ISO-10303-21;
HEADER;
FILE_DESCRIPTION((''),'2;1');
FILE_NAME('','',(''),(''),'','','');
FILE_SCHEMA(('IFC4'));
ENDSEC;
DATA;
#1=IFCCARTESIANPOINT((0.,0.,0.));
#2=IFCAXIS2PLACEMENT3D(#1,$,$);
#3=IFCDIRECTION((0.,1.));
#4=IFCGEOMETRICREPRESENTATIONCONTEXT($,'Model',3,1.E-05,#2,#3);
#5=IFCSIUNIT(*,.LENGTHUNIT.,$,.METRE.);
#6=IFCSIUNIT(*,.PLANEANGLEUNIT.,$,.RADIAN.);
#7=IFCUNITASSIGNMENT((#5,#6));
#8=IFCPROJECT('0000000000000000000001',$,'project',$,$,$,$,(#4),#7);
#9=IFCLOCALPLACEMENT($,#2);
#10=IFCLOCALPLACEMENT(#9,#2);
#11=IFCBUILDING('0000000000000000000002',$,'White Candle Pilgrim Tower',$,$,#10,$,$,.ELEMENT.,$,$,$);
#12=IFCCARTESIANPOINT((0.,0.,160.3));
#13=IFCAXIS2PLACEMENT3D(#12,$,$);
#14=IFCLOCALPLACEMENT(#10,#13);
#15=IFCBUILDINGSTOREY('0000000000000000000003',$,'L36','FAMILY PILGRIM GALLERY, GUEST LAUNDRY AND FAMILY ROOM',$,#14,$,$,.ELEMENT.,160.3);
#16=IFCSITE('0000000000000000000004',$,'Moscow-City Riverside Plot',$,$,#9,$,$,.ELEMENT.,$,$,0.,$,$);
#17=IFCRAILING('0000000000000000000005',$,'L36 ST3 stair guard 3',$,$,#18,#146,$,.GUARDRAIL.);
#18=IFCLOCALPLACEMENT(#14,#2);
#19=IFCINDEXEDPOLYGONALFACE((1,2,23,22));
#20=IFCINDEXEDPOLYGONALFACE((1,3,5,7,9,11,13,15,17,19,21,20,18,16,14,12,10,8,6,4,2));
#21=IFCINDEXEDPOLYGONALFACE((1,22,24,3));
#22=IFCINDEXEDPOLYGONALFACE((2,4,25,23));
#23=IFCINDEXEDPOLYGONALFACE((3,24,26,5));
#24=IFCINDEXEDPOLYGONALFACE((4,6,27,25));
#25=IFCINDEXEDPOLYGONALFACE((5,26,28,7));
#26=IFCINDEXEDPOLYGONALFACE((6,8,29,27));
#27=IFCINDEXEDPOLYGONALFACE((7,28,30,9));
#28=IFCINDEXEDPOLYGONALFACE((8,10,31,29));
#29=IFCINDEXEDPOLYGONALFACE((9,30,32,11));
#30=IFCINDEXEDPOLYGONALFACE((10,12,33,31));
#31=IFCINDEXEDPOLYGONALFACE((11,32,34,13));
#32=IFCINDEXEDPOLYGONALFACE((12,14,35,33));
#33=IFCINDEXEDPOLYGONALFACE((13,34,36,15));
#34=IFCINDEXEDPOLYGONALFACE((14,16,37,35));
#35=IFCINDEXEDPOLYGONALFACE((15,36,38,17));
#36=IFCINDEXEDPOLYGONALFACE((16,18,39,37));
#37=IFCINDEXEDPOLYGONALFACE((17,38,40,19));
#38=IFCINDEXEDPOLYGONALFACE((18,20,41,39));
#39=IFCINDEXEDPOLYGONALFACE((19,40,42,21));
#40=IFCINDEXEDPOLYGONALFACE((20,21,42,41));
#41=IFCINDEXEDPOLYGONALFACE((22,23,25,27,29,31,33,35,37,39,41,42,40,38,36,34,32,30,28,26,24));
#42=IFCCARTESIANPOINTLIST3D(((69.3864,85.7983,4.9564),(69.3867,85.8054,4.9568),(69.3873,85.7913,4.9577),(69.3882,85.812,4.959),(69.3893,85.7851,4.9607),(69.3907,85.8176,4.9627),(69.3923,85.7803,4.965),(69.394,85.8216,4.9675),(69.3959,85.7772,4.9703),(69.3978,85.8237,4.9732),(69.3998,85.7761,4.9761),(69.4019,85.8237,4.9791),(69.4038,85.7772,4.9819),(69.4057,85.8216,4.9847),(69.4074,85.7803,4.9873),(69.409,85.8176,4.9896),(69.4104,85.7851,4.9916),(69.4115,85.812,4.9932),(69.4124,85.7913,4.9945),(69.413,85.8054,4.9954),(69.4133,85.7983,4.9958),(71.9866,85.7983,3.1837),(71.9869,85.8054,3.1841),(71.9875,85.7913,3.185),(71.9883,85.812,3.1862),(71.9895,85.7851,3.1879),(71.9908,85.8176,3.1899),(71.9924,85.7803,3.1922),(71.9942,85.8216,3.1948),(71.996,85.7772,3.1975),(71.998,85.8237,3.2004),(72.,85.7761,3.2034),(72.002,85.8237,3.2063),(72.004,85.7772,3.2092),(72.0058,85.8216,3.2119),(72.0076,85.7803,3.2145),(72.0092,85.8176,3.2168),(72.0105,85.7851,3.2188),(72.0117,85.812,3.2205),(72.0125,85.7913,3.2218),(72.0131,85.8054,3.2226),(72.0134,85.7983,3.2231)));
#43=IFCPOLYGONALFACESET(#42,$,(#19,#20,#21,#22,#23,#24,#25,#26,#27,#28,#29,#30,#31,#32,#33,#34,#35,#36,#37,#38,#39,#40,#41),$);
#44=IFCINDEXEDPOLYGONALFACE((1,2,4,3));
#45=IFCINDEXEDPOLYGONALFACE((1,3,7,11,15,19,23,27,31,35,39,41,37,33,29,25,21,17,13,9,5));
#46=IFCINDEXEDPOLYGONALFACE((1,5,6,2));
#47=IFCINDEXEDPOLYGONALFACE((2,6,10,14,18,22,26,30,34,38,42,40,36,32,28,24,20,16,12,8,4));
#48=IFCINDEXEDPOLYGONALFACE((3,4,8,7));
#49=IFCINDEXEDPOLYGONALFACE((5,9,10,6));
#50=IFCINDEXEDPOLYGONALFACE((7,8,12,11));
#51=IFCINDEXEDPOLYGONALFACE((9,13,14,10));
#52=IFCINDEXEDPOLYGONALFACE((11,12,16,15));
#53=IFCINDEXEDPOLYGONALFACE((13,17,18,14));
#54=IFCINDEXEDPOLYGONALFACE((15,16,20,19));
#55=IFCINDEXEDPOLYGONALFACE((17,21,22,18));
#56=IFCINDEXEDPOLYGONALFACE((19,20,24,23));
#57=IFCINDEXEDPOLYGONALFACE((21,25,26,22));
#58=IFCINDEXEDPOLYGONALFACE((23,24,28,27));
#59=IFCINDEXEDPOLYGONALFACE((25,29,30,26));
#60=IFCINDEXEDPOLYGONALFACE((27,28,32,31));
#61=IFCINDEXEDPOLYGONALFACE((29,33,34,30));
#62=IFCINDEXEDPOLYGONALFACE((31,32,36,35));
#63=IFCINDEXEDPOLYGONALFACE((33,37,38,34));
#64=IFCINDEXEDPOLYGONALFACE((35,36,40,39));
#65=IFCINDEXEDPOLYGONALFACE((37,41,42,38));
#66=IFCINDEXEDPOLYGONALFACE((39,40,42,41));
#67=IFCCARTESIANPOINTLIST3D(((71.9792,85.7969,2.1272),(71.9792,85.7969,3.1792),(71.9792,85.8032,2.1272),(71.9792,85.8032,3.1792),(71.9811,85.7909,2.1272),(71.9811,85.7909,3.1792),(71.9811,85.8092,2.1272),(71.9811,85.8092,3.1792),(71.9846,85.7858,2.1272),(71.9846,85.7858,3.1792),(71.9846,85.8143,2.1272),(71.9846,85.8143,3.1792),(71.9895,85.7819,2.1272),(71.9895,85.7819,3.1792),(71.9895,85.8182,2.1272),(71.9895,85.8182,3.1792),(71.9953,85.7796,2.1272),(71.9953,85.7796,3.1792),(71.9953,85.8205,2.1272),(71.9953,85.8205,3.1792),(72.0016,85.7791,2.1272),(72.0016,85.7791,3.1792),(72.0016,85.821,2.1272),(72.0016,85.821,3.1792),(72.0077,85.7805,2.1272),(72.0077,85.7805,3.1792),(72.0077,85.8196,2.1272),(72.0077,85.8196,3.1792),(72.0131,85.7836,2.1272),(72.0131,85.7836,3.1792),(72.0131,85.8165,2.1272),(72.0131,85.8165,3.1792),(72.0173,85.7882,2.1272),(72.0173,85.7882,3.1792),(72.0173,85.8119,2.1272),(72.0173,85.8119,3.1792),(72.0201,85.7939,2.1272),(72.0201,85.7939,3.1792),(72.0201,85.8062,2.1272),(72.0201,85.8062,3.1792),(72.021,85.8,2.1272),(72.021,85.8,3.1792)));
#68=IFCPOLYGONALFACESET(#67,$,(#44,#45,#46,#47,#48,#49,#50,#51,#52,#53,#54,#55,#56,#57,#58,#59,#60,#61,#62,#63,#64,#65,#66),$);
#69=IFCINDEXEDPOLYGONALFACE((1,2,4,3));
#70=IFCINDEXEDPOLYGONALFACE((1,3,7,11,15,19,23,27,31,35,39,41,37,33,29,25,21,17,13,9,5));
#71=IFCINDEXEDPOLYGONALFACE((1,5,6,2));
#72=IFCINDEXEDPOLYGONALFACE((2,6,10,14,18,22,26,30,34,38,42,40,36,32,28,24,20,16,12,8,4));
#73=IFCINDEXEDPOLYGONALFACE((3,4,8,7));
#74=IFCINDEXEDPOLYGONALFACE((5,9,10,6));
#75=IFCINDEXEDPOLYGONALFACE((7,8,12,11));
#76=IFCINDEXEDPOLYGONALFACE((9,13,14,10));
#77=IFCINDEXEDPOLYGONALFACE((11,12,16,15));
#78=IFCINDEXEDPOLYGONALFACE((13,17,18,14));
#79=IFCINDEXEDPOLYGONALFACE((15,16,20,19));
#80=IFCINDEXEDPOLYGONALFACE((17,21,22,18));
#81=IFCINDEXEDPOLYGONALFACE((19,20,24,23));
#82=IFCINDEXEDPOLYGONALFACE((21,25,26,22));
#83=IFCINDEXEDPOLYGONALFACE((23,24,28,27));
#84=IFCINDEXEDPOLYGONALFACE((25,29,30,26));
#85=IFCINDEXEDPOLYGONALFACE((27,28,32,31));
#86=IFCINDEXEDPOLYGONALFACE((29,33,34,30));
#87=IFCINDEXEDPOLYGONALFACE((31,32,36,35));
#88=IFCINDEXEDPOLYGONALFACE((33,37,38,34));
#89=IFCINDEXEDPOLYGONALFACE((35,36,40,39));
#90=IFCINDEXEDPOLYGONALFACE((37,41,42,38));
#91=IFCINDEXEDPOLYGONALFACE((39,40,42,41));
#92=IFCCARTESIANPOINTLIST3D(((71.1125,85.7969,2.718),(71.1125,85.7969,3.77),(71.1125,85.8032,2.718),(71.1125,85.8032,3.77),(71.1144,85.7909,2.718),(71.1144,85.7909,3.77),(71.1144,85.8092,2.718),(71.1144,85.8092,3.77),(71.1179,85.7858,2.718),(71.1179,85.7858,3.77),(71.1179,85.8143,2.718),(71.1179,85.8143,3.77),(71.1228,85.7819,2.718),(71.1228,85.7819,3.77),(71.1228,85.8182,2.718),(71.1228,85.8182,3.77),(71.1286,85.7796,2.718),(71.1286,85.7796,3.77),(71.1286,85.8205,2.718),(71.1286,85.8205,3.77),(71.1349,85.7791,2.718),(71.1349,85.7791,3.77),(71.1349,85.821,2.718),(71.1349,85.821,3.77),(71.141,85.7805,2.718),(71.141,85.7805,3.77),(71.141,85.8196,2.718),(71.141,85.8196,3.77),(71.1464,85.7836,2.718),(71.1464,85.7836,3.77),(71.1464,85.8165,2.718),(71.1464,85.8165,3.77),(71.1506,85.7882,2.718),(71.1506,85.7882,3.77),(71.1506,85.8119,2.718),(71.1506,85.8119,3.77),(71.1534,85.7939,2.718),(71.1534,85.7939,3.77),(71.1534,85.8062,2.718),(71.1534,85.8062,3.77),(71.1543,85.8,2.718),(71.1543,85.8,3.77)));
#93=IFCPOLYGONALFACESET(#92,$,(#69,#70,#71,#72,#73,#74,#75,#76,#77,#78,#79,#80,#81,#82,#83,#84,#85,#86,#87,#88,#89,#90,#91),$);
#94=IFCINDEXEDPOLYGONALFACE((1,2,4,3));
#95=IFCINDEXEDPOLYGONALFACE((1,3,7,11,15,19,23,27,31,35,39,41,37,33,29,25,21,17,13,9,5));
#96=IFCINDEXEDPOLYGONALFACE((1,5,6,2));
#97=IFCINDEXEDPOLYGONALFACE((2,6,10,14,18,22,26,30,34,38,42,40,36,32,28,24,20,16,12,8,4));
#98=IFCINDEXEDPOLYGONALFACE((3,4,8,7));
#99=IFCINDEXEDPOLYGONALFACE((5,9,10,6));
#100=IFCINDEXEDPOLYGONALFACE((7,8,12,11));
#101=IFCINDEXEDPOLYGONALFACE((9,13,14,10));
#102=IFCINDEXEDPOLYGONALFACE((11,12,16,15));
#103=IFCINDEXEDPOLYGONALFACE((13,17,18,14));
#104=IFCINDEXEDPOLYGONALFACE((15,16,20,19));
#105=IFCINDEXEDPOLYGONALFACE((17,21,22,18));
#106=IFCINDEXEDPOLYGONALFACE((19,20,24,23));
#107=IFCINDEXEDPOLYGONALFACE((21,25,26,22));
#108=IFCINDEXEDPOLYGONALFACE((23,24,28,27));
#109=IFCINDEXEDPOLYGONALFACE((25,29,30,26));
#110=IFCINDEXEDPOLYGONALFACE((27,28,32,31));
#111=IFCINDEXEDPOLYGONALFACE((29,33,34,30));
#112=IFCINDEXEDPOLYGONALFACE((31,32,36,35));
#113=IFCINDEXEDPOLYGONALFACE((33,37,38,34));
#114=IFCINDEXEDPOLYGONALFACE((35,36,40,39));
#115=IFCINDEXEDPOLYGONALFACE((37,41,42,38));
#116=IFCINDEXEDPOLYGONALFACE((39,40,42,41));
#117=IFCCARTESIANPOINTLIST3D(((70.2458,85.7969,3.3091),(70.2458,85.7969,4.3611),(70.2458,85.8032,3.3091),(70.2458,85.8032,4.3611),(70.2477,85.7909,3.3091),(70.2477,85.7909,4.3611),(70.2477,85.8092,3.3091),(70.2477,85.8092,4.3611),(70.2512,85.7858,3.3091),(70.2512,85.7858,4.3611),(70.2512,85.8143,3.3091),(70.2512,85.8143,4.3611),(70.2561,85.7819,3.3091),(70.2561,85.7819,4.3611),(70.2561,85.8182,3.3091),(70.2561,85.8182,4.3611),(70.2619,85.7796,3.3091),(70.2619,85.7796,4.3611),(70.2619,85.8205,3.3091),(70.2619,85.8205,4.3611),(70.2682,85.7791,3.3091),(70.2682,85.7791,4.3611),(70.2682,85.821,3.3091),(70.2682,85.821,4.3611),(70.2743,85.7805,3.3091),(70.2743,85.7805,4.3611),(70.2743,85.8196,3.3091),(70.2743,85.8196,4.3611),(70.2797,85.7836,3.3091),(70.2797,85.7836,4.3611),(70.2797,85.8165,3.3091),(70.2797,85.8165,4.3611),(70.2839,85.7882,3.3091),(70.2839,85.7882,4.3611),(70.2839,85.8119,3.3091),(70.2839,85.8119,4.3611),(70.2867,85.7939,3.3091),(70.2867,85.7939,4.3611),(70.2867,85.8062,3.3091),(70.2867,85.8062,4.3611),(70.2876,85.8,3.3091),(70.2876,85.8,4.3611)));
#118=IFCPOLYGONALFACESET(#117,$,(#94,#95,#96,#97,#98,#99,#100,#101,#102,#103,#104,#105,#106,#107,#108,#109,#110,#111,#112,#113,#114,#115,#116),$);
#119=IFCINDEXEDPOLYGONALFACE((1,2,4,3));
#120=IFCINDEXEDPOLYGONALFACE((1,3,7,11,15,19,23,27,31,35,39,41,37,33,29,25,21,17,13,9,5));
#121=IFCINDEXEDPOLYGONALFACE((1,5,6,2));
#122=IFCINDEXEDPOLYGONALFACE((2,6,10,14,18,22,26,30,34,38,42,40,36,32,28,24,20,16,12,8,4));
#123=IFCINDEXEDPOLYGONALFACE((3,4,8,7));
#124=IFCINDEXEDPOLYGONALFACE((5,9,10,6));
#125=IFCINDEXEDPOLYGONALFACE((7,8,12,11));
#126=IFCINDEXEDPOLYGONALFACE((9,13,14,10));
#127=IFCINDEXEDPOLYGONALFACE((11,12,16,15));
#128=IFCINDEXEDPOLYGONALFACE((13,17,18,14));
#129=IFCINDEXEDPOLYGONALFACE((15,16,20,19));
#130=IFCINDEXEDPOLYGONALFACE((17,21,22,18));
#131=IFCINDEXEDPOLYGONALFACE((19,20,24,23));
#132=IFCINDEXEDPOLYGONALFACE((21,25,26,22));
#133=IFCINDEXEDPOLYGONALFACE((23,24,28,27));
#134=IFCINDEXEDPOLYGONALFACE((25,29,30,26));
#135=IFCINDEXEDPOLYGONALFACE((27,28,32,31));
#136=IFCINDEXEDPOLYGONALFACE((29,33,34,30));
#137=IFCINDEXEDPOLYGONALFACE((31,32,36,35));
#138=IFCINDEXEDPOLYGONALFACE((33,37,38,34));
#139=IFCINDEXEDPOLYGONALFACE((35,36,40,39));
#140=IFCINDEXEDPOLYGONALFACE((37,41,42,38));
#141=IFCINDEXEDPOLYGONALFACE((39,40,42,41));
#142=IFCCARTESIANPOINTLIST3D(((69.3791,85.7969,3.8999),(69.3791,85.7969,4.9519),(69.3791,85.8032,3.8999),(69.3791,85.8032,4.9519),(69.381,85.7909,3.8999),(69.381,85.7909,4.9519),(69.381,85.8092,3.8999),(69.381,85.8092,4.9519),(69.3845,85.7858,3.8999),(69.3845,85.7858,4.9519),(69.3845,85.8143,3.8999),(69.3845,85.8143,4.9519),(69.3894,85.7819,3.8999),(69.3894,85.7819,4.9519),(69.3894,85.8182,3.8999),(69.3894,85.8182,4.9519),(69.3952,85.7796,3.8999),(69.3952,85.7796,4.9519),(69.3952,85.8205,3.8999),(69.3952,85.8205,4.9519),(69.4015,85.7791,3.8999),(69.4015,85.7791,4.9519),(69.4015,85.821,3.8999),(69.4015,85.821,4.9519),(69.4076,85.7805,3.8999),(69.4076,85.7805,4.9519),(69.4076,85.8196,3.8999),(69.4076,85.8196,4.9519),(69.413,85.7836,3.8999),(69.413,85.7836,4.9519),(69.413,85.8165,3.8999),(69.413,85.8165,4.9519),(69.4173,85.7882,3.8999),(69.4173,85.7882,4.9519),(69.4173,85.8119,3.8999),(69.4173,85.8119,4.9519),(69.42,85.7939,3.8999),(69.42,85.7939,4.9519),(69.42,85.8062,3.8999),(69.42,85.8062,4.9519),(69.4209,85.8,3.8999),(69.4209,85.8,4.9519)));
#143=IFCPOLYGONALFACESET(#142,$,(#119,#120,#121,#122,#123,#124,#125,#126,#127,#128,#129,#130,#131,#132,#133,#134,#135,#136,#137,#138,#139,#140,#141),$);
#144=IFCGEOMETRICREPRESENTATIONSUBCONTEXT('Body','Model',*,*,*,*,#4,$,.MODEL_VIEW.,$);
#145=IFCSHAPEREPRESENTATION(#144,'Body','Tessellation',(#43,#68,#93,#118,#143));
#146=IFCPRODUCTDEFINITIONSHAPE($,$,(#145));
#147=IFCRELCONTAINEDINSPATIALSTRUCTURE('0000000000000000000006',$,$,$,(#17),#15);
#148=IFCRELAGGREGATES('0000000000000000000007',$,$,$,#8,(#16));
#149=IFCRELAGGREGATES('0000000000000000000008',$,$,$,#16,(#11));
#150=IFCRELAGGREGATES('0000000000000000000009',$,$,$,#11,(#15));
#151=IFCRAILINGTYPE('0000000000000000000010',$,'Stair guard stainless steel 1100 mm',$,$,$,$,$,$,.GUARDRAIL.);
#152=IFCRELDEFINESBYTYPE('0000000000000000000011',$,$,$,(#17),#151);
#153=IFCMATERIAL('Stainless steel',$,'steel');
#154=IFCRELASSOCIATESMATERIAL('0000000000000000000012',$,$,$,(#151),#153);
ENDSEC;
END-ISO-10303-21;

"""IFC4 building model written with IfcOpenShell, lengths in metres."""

from ifc_helpers import new_model, si_unit, direction, frame, origin, origin_2d, place, context, subcontext, project, spatial, circle, extrude, material, type_object, element, save


model = new_model("IFC4")

# Units and contexts
model_context = context("Model", 3, precision=1e-05, world=origin(), true_north=direction((0.0, 1.0)))
body_context = subcontext(model_context, "Body", "Model", "MODEL_VIEW")
ifc_project = project(units=[si_unit("LENGTHUNIT", "METRE"), si_unit("PLANEANGLEUNIT", "RADIAN")], contexts=[model_context])

# Site, building, storey
site_placement = place(None, origin())
site = spatial("IfcSite", under=ifc_project, at=site_placement, Name="Moscow-City Riverside Plot", CompositionType="ELEMENT", RefElevation=0.0)
building_placement = place(site_placement, origin())
building = spatial("IfcBuilding", under=site, at=building_placement, Name="White Candle Pilgrim Tower", CompositionType="ELEMENT")
storey_placement = place(building_placement, frame((0.0, 0.0, 160.3)))
storey = spatial("IfcBuildingStorey", under=building, at=storey_placement, Name="L36", Description="FAMILY PILGRIM GALLERY, GUEST LAUNDRY AND FAMILY ROOM", CompositionType="ELEMENT", Elevation=160.3)

# Railing
ifc_material_1 = material(Name="Stainless steel", Category="steel")
railing_type_1 = type_object("IfcRailingType", Name="Stair guard stainless steel 1100 mm", PredefinedType="GUARDRAIL", material=ifc_material_1)
railing_1_placement = place(storey_placement, frame((72.0, 85.8, 2.1272)))
element("IfcRailing", 1, at=railing_1_placement, inside=storey, type_object=railing_type_1, Name="L36 ST3 stair guard 3", PredefinedType="GUARDRAIL", context=body_context, shape_type="SweptSolid", body=[
    extrude(circle(Radius=0.0239, at=origin_2d()), frame((0.0, 0.0, 1.0762), z_axis=(-0.82624, 0.0, 0.563318), x_axis=(0.0, -1.0, 0.0)), (0.0, 0.0, 1.0), 3.147),
    extrude(circle(Radius=0.021, at=origin_2d()), origin(), (0.0, 0.0, 1.0), 1.052),
    extrude(circle(Radius=0.021, at=origin_2d()), frame((-0.8667, 0.0, 0.5908)), (0.0, 0.0, 1.0), 1.052),
    extrude(circle(Radius=0.021, at=origin_2d()), frame((-1.7334, 0.0, 1.1819)), (0.0, 0.0, 1.0), 1.052),
    extrude(circle(Radius=0.021, at=origin_2d()), frame((-2.6001, 0.0, 1.7727)), (0.0, 0.0, 1.0), 1.052),
])

save(model, "model.ifc")
